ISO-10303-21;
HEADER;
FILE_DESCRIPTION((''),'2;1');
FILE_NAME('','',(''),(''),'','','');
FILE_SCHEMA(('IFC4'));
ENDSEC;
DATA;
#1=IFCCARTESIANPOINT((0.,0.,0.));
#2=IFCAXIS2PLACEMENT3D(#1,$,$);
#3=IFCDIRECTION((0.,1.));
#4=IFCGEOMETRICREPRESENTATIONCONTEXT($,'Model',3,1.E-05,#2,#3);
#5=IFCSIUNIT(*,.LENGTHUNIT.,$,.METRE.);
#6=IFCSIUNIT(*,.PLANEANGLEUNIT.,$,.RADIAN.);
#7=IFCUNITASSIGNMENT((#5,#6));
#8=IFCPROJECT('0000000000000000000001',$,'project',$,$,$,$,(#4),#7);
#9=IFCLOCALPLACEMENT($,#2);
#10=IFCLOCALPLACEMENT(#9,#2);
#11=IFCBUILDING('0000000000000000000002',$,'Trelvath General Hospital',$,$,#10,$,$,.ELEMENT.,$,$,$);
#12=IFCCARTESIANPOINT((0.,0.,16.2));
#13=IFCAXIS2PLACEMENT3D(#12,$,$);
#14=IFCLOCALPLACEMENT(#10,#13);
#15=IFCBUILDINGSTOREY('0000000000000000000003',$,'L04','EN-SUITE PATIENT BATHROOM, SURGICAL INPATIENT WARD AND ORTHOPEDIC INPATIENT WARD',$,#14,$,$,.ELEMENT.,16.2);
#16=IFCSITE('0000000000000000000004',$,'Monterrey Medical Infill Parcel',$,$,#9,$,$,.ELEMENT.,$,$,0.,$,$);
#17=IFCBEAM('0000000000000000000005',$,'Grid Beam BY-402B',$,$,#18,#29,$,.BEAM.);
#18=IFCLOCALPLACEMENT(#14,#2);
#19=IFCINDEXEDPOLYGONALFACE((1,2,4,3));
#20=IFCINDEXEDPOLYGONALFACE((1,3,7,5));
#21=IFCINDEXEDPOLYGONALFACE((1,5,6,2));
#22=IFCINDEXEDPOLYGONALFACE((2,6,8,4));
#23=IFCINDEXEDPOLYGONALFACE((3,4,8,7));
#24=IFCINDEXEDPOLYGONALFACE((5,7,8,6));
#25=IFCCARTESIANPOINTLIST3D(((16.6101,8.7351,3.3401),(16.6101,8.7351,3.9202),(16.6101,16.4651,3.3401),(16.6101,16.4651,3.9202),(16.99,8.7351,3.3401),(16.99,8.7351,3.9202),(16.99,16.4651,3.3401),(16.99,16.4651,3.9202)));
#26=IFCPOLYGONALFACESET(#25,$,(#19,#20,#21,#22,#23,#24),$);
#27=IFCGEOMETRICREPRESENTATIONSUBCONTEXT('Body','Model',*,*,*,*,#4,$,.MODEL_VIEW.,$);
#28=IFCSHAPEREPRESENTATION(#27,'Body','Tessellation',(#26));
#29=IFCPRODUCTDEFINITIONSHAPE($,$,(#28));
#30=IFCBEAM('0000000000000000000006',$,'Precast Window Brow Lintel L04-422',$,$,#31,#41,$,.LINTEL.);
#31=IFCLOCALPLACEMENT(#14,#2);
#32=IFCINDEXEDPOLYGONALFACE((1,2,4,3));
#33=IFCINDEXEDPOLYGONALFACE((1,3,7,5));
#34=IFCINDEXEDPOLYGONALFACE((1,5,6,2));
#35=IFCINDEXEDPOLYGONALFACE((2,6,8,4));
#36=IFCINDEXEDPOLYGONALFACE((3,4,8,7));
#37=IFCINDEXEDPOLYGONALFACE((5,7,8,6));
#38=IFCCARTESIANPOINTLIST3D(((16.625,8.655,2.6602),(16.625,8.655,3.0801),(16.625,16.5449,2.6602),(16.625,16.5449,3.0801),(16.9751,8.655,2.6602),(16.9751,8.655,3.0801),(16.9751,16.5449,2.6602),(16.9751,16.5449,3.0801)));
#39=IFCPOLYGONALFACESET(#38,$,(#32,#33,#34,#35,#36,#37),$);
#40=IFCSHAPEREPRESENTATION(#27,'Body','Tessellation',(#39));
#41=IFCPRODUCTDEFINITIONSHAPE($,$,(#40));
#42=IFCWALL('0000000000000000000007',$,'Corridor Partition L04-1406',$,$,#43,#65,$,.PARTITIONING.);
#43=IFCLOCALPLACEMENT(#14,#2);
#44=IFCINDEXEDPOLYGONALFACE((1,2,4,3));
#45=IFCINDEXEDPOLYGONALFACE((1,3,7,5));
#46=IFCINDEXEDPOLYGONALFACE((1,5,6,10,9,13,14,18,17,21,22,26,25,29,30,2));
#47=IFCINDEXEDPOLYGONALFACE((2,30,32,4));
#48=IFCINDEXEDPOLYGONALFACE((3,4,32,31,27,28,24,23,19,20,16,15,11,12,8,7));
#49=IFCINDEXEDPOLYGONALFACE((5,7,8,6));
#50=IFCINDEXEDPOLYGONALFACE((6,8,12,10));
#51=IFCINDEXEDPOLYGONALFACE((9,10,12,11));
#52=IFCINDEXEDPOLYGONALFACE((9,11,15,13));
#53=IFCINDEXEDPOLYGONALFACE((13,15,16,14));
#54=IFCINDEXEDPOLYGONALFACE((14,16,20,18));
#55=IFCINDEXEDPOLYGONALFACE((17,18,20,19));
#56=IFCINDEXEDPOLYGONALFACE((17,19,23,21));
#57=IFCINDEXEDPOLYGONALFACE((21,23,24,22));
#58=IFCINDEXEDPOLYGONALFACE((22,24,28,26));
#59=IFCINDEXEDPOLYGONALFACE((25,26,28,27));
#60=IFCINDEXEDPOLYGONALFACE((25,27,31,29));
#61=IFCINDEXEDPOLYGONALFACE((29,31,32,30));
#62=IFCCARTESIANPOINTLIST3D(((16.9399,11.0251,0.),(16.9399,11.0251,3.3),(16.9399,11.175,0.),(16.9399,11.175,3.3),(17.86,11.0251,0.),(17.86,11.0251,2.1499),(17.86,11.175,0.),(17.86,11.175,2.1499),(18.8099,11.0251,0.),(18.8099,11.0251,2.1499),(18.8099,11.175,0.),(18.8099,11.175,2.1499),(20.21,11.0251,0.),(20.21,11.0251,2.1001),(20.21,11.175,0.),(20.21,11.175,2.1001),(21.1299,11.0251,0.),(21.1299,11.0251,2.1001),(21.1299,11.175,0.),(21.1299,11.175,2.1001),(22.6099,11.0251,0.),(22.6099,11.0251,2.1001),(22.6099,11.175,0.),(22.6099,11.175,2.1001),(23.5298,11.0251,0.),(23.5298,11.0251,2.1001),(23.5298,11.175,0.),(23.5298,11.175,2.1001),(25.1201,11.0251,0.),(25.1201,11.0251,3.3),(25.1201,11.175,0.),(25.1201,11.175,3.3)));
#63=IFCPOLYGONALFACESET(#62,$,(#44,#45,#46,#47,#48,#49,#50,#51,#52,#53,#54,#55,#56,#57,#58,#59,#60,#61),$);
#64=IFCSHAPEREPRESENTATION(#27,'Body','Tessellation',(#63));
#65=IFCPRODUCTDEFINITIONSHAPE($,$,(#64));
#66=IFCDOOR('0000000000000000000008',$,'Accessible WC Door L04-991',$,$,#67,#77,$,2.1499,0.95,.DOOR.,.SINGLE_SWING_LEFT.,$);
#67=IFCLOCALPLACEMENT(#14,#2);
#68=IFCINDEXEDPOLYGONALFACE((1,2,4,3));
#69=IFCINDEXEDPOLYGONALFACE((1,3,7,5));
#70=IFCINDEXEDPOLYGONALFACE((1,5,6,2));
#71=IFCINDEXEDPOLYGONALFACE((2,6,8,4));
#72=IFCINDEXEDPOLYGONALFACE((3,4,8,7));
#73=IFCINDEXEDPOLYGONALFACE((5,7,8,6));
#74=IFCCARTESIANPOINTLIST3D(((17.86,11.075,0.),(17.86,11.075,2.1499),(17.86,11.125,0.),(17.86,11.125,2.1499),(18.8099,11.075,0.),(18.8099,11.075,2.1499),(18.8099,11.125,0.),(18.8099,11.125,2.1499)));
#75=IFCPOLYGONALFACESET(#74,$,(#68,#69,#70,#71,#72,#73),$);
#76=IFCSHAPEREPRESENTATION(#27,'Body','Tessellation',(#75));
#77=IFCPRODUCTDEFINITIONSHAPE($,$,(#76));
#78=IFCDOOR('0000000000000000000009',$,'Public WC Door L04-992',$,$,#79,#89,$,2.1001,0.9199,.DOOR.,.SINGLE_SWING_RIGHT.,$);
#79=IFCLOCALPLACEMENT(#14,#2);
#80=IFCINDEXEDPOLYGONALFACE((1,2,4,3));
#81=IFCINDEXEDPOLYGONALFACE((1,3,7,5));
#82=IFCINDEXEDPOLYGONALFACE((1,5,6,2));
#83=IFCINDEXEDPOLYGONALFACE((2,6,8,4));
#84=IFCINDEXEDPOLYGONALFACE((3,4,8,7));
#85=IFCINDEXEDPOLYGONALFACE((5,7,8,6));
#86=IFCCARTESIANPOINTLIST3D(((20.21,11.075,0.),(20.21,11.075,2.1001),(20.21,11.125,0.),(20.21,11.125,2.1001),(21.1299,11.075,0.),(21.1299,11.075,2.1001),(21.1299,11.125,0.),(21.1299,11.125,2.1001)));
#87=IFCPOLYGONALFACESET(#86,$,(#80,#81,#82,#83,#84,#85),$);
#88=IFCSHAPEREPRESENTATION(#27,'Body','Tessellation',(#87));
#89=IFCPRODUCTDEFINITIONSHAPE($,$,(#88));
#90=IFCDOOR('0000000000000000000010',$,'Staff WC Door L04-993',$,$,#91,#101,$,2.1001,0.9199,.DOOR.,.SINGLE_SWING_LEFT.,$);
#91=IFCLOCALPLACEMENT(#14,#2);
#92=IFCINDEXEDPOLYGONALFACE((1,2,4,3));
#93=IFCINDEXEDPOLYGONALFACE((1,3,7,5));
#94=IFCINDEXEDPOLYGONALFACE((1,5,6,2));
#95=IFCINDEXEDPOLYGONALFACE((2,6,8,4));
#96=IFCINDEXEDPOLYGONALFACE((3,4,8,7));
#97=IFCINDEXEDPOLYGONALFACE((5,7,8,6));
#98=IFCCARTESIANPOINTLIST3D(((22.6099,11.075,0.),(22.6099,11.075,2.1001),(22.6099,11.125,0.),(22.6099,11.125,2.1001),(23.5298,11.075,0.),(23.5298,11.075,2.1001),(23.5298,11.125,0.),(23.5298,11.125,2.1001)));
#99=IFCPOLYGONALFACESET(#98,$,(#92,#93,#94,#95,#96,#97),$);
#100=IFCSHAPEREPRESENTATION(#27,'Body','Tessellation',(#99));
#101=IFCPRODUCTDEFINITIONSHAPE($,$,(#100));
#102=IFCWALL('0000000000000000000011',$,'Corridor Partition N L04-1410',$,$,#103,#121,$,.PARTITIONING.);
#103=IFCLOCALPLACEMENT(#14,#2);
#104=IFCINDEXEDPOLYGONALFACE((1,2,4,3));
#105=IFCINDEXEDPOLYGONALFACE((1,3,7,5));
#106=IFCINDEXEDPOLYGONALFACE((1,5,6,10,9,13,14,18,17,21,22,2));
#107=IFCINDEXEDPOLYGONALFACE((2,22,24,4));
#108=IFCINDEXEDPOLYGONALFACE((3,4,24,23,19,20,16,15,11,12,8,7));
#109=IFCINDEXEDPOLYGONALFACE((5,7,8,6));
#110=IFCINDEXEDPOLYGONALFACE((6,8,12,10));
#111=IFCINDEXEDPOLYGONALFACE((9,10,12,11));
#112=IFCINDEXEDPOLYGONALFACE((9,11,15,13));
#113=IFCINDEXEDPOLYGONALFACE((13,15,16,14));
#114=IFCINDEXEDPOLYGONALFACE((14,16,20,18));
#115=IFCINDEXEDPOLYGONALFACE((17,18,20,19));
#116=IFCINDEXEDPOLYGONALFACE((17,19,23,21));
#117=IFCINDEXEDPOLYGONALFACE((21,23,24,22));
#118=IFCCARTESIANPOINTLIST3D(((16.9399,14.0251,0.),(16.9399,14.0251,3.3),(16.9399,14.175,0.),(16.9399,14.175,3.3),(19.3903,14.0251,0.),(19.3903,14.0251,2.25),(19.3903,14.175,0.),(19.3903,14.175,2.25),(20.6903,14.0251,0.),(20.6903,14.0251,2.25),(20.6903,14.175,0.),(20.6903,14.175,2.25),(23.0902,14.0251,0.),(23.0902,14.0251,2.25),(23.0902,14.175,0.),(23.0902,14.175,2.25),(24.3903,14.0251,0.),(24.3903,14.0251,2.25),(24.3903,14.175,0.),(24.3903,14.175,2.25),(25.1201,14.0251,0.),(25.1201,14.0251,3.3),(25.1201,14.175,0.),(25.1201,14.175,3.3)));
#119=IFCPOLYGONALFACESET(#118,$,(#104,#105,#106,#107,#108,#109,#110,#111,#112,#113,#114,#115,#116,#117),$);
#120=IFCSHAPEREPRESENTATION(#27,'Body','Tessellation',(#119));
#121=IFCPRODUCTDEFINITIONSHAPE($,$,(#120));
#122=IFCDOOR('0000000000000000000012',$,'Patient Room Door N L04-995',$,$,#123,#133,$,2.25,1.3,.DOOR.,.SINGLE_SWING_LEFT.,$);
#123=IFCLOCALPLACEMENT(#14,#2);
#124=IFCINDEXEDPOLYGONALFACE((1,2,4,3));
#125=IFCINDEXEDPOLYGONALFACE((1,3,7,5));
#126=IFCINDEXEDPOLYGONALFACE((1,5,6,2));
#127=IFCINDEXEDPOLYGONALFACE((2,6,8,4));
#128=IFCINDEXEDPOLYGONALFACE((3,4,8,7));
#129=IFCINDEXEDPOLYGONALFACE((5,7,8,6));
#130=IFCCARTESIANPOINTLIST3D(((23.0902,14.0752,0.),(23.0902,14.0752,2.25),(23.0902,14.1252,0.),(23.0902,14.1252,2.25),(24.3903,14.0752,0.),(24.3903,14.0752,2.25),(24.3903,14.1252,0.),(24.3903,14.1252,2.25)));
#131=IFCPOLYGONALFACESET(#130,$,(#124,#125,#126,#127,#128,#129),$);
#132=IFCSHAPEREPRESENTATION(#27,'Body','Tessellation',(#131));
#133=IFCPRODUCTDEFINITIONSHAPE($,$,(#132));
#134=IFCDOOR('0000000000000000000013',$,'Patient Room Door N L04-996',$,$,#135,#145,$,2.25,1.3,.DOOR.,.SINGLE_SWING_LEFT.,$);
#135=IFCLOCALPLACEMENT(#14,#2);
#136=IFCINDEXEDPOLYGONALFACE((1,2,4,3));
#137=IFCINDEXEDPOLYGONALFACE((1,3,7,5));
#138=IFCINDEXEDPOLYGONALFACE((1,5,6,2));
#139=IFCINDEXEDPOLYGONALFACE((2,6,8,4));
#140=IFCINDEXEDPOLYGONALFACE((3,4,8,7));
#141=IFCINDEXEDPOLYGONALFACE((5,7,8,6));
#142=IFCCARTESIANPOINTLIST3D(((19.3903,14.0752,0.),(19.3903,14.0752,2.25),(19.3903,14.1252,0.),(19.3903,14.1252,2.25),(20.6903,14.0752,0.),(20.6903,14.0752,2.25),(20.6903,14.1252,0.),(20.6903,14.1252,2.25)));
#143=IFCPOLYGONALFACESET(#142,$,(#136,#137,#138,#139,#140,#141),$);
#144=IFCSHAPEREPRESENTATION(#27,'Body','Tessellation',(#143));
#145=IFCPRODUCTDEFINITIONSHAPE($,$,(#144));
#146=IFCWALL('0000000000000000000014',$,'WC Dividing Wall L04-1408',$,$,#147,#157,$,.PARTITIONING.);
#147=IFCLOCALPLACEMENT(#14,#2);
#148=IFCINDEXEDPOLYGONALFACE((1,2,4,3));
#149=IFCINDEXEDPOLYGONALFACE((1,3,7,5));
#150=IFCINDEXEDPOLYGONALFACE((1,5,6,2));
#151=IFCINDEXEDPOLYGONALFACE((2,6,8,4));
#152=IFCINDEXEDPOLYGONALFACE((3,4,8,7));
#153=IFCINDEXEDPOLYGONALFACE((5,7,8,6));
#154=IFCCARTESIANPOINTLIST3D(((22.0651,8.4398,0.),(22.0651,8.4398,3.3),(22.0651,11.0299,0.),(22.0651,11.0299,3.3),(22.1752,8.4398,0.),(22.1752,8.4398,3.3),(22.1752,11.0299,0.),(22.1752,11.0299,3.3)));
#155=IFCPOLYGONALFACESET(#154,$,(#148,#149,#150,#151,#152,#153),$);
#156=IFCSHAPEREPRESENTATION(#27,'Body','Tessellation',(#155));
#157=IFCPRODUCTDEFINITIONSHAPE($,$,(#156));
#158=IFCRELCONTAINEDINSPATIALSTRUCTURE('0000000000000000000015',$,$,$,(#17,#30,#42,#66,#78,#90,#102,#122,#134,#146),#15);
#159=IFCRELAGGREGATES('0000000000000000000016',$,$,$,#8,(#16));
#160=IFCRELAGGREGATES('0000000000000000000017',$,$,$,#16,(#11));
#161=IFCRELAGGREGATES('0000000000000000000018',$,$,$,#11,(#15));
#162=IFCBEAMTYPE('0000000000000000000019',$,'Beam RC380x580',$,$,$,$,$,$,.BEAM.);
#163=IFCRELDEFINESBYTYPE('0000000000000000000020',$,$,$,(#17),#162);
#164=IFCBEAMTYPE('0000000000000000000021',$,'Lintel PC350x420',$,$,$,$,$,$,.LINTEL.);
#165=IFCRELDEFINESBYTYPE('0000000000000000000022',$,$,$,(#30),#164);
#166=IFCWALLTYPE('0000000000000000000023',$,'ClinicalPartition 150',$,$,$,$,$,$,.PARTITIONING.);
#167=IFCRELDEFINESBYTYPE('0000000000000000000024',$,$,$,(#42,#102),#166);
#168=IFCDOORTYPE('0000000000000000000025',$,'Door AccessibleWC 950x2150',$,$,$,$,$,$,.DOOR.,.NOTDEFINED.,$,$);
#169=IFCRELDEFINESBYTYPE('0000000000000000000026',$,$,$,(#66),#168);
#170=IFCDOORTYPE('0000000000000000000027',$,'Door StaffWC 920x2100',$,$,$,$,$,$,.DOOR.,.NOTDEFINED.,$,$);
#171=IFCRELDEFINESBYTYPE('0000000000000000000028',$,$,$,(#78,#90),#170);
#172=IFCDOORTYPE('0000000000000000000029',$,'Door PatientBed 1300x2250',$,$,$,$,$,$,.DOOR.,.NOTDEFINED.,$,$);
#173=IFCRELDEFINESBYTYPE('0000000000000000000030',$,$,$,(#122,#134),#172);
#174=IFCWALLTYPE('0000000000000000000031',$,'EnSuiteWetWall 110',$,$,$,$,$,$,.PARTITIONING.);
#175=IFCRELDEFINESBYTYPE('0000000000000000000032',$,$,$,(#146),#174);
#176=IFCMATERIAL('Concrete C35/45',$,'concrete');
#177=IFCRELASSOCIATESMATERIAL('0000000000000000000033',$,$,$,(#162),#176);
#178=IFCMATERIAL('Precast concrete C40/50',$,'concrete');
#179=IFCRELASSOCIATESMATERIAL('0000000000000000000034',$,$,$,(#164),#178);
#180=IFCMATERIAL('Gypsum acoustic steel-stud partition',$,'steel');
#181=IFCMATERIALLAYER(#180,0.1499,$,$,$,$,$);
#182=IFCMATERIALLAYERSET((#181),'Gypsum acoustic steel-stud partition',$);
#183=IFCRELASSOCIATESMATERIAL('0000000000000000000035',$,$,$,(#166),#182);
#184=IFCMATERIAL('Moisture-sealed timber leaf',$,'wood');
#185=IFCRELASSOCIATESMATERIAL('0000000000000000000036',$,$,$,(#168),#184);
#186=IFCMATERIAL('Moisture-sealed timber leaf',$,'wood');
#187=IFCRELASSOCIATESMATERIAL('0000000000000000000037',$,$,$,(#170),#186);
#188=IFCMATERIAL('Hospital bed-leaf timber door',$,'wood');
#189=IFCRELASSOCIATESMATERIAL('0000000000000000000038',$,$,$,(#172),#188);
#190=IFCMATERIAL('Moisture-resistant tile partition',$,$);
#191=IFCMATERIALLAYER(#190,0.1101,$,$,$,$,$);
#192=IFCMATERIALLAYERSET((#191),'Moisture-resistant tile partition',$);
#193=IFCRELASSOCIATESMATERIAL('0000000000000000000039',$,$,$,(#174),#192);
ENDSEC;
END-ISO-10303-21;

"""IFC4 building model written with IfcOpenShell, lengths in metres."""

from ifc_helpers import new_model, si_unit, direction, frame, frame_2d, origin, origin_2d, place, context, subcontext, project, spatial, rectangle, extrude, material, layer, layer_set, material_profile, profile_set, type_object, element, fill, save


model = new_model("IFC4")

# Units and contexts
model_context = context("Model", 3, precision=1e-05, world=origin(), true_north=direction((0.0, 1.0)))
body_context = subcontext(model_context, "Body", "Model", "MODEL_VIEW")
ifc_project = project(units=[si_unit("LENGTHUNIT", "METRE"), si_unit("PLANEANGLEUNIT", "RADIAN")], contexts=[model_context])

# Site, building, storey
site_placement = place(None, origin())
site = spatial("IfcSite", under=ifc_project, at=site_placement, Name="Monterrey Medical Infill Parcel", CompositionType="ELEMENT", RefElevation=0.0)
building_placement = place(site_placement, origin())
building = spatial("IfcBuilding", under=site, at=building_placement, Name="Trelvath General Hospital", CompositionType="ELEMENT")
storey_placement = place(building_placement, frame((0.0, 0.0, 16.2)))
storey = spatial("IfcBuildingStorey", under=building, at=storey_placement, Name="L04", Description="EN-SUITE PATIENT BATHROOM, SURGICAL INPATIENT WARD AND ORTHOPEDIC INPATIENT WARD", CompositionType="ELEMENT", Elevation=16.2)

# Beams
ifc_material_1 = material(Name="Concrete C35/45", Category="concrete")
ifc_material_profile_1 = material_profile(ifc_material_1, rectangle(XDim=0.3799, YDim=0.5801, at=origin_2d()), Name="RCB380x580")
ifc_profile_set_1 = profile_set([ifc_material_profile_1], Name="Concrete C35/45")
beam_type_1 = type_object("IfcBeamType", Name="Beam RC380x580", PredefinedType="BEAM", material=ifc_profile_set_1)
beam_1_placement = place(storey_placement, frame((16.8, 8.7351, 3.6301), z_axis=(0.0, 1.0, 0.0), x_axis=(-1.0, 0.0, 0.0)))
element("IfcBeam", 1, at=beam_1_placement, inside=storey, type_object=beam_type_1, Name="Grid Beam BY-402B", PredefinedType="BEAM", context=body_context, shape_type="SweptSolid", body=[
    extrude(rectangle(XDim=0.3799, YDim=0.5801, at=origin_2d()), origin(), (0.0, 0.0, 1.0), 7.73),
])
ifc_material_2 = material(Name="Precast concrete C40/50", Category="concrete")
ifc_material_profile_2 = material_profile(ifc_material_2, rectangle(XDim=0.3501, YDim=0.4199, at=origin_2d()), Name="PCL350x420")
ifc_profile_set_2 = profile_set([ifc_material_profile_2], Name="Precast concrete C40/50")
beam_type_2 = type_object("IfcBeamType", Name="Lintel PC350x420", PredefinedType="LINTEL", material=ifc_profile_set_2)
beam_2_placement = place(storey_placement, frame((16.8, 8.655, 2.8701), z_axis=(0.0, 1.0, 0.0), x_axis=(-1.0, 0.0, 0.0)))
element("IfcBeam", 2, at=beam_2_placement, inside=storey, type_object=beam_type_2, Name="Precast Window Brow Lintel L04-422", PredefinedType="LINTEL", context=body_context, shape_type="SweptSolid", body=[
    extrude(rectangle(XDim=0.3501, YDim=0.4199, at=origin_2d()), origin(), (0.0, 0.0, 1.0), 7.8899),
])

# Walls, openings, doors
ifc_material_3 = material(Name="Gypsum acoustic steel-stud partition", Category="steel")
ifc_layer_1 = layer(ifc_material_3, 0.1499)
ifc_layer_set_1 = layer_set([ifc_layer_1], Name="Gypsum acoustic steel-stud partition")
wall_type_1 = type_object("IfcWallType", Name="ClinicalPartition 150", PredefinedType="PARTITIONING", material=ifc_layer_set_1)
wall_1_placement = place(storey_placement, frame((16.9399, 11.1001, 0.0), z_axis=(0.0, 0.0, 1.0), x_axis=(1.0, 0.0, 0.0)))
wall_1 = element("IfcWall", 3, at=wall_1_placement, inside=storey, type_object=wall_type_1, Name="Corridor Partition L04-1406", PredefinedType="PARTITIONING", context=body_context, shape_type="SweptSolid", body=[
    extrude(rectangle(XDim=8.1802, YDim=0.1499, at=frame_2d((4.0901, 0.0))), origin(), (0.0, 0.0, 1.0), 3.3),
])
opening_1_placement = place(wall_1_placement, frame((0.9199, 0.0, 0.0)))
opening_1 = element("IfcOpeningElement", 4, at=opening_1_placement, cuts=wall_1, PredefinedType="OPENING", context=body_context, shape_type="SweptSolid", body=[
    extrude(rectangle(XDim=0.95, YDim=2.1499, at=frame_2d((0.4751, 1.075))), frame((0.0, 0.085, 0.0), z_axis=(0.0, -1.0, 0.0), x_axis=(1.0, 0.0, 0.0)), (0.0, 0.0, 1.0), 0.1699),
])
opening_2_placement = place(wall_1_placement, frame((3.27, 0.0, 0.0)))
opening_2 = element("IfcOpeningElement", 5, at=opening_2_placement, cuts=wall_1, PredefinedType="OPENING", context=body_context, shape_type="SweptSolid", body=[
    extrude(rectangle(XDim=0.9199, YDim=2.1001, at=frame_2d((0.46, 1.05))), frame((0.0, 0.085, 0.0), z_axis=(0.0, -1.0, 0.0), x_axis=(1.0, 0.0, 0.0)), (0.0, 0.0, 1.0), 0.1699),
])
opening_3_placement = place(wall_1_placement, frame((5.6699, 0.0, 0.0)))
opening_3 = element("IfcOpeningElement", 6, at=opening_3_placement, cuts=wall_1, PredefinedType="OPENING", context=body_context, shape_type="SweptSolid", body=[
    extrude(rectangle(XDim=0.9199, YDim=2.1001, at=frame_2d((0.46, 1.05))), frame((0.0, 0.085, 0.0), z_axis=(0.0, -1.0, 0.0), x_axis=(1.0, 0.0, 0.0)), (0.0, 0.0, 1.0), 0.1699),
])
ifc_material_4 = material(Name="Moisture-sealed timber leaf", Category="wood")
door_type_1 = type_object("IfcDoorType", Name="Door AccessibleWC 950x2150", OperationType="NOTDEFINED", PredefinedType="DOOR", material=ifc_material_4)
door_1_placement = place(opening_1_placement, origin())
door_1 = element("IfcDoor", 7, at=door_1_placement, inside=storey, type_object=door_type_1, Name="Accessible WC Door L04-991", OperationType="SINGLE_SWING_LEFT", OverallHeight=2.1499, OverallWidth=0.95, PredefinedType="DOOR", context=body_context, shape_type="SweptSolid", body=[
    extrude(rectangle(XDim=0.95, YDim=2.1499, at=frame_2d((0.4751, 1.075))), frame((0.0, 0.0249, 0.0), z_axis=(0.0, -1.0, 0.0), x_axis=(1.0, 0.0, 0.0)), (0.0, 0.0, 1.0), 0.05),
])
fill(opening_1, door_1)
ifc_material_5 = material(Name="Moisture-sealed timber leaf", Category="wood")
door_type_2 = type_object("IfcDoorType", Name="Door StaffWC 920x2100", OperationType="NOTDEFINED", PredefinedType="DOOR", material=ifc_material_5)
door_2_placement = place(opening_2_placement, origin())
door_2 = element("IfcDoor", 8, at=door_2_placement, inside=storey, type_object=door_type_2, Name="Public WC Door L04-992", OperationType="SINGLE_SWING_RIGHT", OverallHeight=2.1001, OverallWidth=0.9199, PredefinedType="DOOR", context=body_context, shape_type="SweptSolid", body=[
    extrude(rectangle(XDim=0.9199, YDim=2.1001, at=frame_2d((0.46, 1.05))), frame((0.0, 0.0249, 0.0), z_axis=(0.0, -1.0, 0.0), x_axis=(1.0, 0.0, 0.0)), (0.0, 0.0, 1.0), 0.05),
])
fill(opening_2, door_2)
door_3_placement = place(opening_3_placement, origin())
door_3 = element("IfcDoor", 9, at=door_3_placement, inside=storey, type_object=door_type_2, Name="Staff WC Door L04-993", OperationType="SINGLE_SWING_LEFT", OverallHeight=2.1001, OverallWidth=0.9199, PredefinedType="DOOR", context=body_context, shape_type="SweptSolid", body=[
    extrude(rectangle(XDim=0.9199, YDim=2.1001, at=frame_2d((0.46, 1.05))), frame((0.0, 0.0249, 0.0), z_axis=(0.0, -1.0, 0.0), x_axis=(1.0, 0.0, 0.0)), (0.0, 0.0, 1.0), 0.05),
])
fill(opening_3, door_3)
wall_2_placement = place(storey_placement, frame((25.1201, 14.1001, 0.0), z_axis=(0.0, 0.0, 1.0), x_axis=(-1.0, 0.0, 0.0)))
wall_2 = element("IfcWall", 10, at=wall_2_placement, inside=storey, type_object=wall_type_1, Name="Corridor Partition N L04-1410", PredefinedType="PARTITIONING", context=body_context, shape_type="SweptSolid", body=[
    extrude(rectangle(XDim=8.1802, YDim=0.1499, at=frame_2d((4.0901, 0.0))), origin(), (0.0, 0.0, 1.0), 3.3),
])
opening_4_placement = place(wall_2_placement, frame((0.73, 0.0, 0.0)))
opening_4 = element("IfcOpeningElement", 11, at=opening_4_placement, cuts=wall_2, PredefinedType="OPENING", context=body_context, shape_type="SweptSolid", body=[
    extrude(rectangle(XDim=1.3, YDim=2.25, at=frame_2d((0.6499, 1.125))), frame((0.0, 0.085, 0.0), z_axis=(0.0, -1.0, 0.0), x_axis=(1.0, 0.0, 0.0)), (0.0, 0.0, 1.0), 0.1699),
])
opening_5_placement = place(wall_2_placement, frame((4.4299, 0.0, 0.0)))
opening_5 = element("IfcOpeningElement", 12, at=opening_5_placement, cuts=wall_2, PredefinedType="OPENING", context=body_context, shape_type="SweptSolid", body=[
    extrude(rectangle(XDim=1.3, YDim=2.25, at=frame_2d((0.6499, 1.125))), frame((0.0, 0.085, 0.0), z_axis=(0.0, -1.0, 0.0), x_axis=(1.0, 0.0, 0.0)), (0.0, 0.0, 1.0), 0.1699),
])
ifc_material_6 = material(Name="Hospital bed-leaf timber door", Category="wood")
door_type_3 = type_object("IfcDoorType", Name="Door PatientBed 1300x2250", OperationType="NOTDEFINED", PredefinedType="DOOR", material=ifc_material_6)
door_4_placement = place(opening_4_placement, origin())
door_4 = element("IfcDoor", 13, at=door_4_placement, inside=storey, type_object=door_type_3, Name="Patient Room Door N L04-995", OperationType="SINGLE_SWING_LEFT", OverallHeight=2.25, OverallWidth=1.3, PredefinedType="DOOR", context=body_context, shape_type="SweptSolid", body=[
    extrude(rectangle(XDim=1.3, YDim=2.25, at=frame_2d((0.6499, 1.125))), frame((0.0, 0.0249, 0.0), z_axis=(0.0, -1.0, 0.0), x_axis=(1.0, 0.0, 0.0)), (0.0, 0.0, 1.0), 0.05),
])
fill(opening_4, door_4)
door_5_placement = place(opening_5_placement, origin())
door_5 = element("IfcDoor", 14, at=door_5_placement, inside=storey, type_object=door_type_3, Name="Patient Room Door N L04-996", OperationType="SINGLE_SWING_LEFT", OverallHeight=2.25, OverallWidth=1.3, PredefinedType="DOOR", context=body_context, shape_type="SweptSolid", body=[
    extrude(rectangle(XDim=1.3, YDim=2.25, at=frame_2d((0.6499, 1.125))), frame((0.0, 0.0249, 0.0), z_axis=(0.0, -1.0, 0.0), x_axis=(1.0, 0.0, 0.0)), (0.0, 0.0, 1.0), 0.05),
])
fill(opening_5, door_5)

# Wall
ifc_material_7 = material(Name="Moisture-resistant tile partition")
ifc_layer_2 = layer(ifc_material_7, 0.1101)
ifc_layer_set_2 = layer_set([ifc_layer_2], Name="Moisture-resistant tile partition")
wall_type_2 = type_object("IfcWallType", Name="EnSuiteWetWall 110", PredefinedType="PARTITIONING", material=ifc_layer_set_2)
wall_3_placement = place(storey_placement, frame((22.1201, 8.4399, 0.0), z_axis=(0.0, 0.0, 1.0), x_axis=(0.0, 1.0, 0.0)))
element("IfcWall", 15, at=wall_3_placement, inside=storey, type_object=wall_type_2, Name="WC Dividing Wall L04-1408", PredefinedType="PARTITIONING", context=body_context, shape_type="SweptSolid", body=[
    extrude(rectangle(XDim=2.5901, YDim=0.1101, at=frame_2d((1.2949, 0.0))), origin(), (0.0, 0.0, 1.0), 3.3),
])

save(model, "model.ifc")
